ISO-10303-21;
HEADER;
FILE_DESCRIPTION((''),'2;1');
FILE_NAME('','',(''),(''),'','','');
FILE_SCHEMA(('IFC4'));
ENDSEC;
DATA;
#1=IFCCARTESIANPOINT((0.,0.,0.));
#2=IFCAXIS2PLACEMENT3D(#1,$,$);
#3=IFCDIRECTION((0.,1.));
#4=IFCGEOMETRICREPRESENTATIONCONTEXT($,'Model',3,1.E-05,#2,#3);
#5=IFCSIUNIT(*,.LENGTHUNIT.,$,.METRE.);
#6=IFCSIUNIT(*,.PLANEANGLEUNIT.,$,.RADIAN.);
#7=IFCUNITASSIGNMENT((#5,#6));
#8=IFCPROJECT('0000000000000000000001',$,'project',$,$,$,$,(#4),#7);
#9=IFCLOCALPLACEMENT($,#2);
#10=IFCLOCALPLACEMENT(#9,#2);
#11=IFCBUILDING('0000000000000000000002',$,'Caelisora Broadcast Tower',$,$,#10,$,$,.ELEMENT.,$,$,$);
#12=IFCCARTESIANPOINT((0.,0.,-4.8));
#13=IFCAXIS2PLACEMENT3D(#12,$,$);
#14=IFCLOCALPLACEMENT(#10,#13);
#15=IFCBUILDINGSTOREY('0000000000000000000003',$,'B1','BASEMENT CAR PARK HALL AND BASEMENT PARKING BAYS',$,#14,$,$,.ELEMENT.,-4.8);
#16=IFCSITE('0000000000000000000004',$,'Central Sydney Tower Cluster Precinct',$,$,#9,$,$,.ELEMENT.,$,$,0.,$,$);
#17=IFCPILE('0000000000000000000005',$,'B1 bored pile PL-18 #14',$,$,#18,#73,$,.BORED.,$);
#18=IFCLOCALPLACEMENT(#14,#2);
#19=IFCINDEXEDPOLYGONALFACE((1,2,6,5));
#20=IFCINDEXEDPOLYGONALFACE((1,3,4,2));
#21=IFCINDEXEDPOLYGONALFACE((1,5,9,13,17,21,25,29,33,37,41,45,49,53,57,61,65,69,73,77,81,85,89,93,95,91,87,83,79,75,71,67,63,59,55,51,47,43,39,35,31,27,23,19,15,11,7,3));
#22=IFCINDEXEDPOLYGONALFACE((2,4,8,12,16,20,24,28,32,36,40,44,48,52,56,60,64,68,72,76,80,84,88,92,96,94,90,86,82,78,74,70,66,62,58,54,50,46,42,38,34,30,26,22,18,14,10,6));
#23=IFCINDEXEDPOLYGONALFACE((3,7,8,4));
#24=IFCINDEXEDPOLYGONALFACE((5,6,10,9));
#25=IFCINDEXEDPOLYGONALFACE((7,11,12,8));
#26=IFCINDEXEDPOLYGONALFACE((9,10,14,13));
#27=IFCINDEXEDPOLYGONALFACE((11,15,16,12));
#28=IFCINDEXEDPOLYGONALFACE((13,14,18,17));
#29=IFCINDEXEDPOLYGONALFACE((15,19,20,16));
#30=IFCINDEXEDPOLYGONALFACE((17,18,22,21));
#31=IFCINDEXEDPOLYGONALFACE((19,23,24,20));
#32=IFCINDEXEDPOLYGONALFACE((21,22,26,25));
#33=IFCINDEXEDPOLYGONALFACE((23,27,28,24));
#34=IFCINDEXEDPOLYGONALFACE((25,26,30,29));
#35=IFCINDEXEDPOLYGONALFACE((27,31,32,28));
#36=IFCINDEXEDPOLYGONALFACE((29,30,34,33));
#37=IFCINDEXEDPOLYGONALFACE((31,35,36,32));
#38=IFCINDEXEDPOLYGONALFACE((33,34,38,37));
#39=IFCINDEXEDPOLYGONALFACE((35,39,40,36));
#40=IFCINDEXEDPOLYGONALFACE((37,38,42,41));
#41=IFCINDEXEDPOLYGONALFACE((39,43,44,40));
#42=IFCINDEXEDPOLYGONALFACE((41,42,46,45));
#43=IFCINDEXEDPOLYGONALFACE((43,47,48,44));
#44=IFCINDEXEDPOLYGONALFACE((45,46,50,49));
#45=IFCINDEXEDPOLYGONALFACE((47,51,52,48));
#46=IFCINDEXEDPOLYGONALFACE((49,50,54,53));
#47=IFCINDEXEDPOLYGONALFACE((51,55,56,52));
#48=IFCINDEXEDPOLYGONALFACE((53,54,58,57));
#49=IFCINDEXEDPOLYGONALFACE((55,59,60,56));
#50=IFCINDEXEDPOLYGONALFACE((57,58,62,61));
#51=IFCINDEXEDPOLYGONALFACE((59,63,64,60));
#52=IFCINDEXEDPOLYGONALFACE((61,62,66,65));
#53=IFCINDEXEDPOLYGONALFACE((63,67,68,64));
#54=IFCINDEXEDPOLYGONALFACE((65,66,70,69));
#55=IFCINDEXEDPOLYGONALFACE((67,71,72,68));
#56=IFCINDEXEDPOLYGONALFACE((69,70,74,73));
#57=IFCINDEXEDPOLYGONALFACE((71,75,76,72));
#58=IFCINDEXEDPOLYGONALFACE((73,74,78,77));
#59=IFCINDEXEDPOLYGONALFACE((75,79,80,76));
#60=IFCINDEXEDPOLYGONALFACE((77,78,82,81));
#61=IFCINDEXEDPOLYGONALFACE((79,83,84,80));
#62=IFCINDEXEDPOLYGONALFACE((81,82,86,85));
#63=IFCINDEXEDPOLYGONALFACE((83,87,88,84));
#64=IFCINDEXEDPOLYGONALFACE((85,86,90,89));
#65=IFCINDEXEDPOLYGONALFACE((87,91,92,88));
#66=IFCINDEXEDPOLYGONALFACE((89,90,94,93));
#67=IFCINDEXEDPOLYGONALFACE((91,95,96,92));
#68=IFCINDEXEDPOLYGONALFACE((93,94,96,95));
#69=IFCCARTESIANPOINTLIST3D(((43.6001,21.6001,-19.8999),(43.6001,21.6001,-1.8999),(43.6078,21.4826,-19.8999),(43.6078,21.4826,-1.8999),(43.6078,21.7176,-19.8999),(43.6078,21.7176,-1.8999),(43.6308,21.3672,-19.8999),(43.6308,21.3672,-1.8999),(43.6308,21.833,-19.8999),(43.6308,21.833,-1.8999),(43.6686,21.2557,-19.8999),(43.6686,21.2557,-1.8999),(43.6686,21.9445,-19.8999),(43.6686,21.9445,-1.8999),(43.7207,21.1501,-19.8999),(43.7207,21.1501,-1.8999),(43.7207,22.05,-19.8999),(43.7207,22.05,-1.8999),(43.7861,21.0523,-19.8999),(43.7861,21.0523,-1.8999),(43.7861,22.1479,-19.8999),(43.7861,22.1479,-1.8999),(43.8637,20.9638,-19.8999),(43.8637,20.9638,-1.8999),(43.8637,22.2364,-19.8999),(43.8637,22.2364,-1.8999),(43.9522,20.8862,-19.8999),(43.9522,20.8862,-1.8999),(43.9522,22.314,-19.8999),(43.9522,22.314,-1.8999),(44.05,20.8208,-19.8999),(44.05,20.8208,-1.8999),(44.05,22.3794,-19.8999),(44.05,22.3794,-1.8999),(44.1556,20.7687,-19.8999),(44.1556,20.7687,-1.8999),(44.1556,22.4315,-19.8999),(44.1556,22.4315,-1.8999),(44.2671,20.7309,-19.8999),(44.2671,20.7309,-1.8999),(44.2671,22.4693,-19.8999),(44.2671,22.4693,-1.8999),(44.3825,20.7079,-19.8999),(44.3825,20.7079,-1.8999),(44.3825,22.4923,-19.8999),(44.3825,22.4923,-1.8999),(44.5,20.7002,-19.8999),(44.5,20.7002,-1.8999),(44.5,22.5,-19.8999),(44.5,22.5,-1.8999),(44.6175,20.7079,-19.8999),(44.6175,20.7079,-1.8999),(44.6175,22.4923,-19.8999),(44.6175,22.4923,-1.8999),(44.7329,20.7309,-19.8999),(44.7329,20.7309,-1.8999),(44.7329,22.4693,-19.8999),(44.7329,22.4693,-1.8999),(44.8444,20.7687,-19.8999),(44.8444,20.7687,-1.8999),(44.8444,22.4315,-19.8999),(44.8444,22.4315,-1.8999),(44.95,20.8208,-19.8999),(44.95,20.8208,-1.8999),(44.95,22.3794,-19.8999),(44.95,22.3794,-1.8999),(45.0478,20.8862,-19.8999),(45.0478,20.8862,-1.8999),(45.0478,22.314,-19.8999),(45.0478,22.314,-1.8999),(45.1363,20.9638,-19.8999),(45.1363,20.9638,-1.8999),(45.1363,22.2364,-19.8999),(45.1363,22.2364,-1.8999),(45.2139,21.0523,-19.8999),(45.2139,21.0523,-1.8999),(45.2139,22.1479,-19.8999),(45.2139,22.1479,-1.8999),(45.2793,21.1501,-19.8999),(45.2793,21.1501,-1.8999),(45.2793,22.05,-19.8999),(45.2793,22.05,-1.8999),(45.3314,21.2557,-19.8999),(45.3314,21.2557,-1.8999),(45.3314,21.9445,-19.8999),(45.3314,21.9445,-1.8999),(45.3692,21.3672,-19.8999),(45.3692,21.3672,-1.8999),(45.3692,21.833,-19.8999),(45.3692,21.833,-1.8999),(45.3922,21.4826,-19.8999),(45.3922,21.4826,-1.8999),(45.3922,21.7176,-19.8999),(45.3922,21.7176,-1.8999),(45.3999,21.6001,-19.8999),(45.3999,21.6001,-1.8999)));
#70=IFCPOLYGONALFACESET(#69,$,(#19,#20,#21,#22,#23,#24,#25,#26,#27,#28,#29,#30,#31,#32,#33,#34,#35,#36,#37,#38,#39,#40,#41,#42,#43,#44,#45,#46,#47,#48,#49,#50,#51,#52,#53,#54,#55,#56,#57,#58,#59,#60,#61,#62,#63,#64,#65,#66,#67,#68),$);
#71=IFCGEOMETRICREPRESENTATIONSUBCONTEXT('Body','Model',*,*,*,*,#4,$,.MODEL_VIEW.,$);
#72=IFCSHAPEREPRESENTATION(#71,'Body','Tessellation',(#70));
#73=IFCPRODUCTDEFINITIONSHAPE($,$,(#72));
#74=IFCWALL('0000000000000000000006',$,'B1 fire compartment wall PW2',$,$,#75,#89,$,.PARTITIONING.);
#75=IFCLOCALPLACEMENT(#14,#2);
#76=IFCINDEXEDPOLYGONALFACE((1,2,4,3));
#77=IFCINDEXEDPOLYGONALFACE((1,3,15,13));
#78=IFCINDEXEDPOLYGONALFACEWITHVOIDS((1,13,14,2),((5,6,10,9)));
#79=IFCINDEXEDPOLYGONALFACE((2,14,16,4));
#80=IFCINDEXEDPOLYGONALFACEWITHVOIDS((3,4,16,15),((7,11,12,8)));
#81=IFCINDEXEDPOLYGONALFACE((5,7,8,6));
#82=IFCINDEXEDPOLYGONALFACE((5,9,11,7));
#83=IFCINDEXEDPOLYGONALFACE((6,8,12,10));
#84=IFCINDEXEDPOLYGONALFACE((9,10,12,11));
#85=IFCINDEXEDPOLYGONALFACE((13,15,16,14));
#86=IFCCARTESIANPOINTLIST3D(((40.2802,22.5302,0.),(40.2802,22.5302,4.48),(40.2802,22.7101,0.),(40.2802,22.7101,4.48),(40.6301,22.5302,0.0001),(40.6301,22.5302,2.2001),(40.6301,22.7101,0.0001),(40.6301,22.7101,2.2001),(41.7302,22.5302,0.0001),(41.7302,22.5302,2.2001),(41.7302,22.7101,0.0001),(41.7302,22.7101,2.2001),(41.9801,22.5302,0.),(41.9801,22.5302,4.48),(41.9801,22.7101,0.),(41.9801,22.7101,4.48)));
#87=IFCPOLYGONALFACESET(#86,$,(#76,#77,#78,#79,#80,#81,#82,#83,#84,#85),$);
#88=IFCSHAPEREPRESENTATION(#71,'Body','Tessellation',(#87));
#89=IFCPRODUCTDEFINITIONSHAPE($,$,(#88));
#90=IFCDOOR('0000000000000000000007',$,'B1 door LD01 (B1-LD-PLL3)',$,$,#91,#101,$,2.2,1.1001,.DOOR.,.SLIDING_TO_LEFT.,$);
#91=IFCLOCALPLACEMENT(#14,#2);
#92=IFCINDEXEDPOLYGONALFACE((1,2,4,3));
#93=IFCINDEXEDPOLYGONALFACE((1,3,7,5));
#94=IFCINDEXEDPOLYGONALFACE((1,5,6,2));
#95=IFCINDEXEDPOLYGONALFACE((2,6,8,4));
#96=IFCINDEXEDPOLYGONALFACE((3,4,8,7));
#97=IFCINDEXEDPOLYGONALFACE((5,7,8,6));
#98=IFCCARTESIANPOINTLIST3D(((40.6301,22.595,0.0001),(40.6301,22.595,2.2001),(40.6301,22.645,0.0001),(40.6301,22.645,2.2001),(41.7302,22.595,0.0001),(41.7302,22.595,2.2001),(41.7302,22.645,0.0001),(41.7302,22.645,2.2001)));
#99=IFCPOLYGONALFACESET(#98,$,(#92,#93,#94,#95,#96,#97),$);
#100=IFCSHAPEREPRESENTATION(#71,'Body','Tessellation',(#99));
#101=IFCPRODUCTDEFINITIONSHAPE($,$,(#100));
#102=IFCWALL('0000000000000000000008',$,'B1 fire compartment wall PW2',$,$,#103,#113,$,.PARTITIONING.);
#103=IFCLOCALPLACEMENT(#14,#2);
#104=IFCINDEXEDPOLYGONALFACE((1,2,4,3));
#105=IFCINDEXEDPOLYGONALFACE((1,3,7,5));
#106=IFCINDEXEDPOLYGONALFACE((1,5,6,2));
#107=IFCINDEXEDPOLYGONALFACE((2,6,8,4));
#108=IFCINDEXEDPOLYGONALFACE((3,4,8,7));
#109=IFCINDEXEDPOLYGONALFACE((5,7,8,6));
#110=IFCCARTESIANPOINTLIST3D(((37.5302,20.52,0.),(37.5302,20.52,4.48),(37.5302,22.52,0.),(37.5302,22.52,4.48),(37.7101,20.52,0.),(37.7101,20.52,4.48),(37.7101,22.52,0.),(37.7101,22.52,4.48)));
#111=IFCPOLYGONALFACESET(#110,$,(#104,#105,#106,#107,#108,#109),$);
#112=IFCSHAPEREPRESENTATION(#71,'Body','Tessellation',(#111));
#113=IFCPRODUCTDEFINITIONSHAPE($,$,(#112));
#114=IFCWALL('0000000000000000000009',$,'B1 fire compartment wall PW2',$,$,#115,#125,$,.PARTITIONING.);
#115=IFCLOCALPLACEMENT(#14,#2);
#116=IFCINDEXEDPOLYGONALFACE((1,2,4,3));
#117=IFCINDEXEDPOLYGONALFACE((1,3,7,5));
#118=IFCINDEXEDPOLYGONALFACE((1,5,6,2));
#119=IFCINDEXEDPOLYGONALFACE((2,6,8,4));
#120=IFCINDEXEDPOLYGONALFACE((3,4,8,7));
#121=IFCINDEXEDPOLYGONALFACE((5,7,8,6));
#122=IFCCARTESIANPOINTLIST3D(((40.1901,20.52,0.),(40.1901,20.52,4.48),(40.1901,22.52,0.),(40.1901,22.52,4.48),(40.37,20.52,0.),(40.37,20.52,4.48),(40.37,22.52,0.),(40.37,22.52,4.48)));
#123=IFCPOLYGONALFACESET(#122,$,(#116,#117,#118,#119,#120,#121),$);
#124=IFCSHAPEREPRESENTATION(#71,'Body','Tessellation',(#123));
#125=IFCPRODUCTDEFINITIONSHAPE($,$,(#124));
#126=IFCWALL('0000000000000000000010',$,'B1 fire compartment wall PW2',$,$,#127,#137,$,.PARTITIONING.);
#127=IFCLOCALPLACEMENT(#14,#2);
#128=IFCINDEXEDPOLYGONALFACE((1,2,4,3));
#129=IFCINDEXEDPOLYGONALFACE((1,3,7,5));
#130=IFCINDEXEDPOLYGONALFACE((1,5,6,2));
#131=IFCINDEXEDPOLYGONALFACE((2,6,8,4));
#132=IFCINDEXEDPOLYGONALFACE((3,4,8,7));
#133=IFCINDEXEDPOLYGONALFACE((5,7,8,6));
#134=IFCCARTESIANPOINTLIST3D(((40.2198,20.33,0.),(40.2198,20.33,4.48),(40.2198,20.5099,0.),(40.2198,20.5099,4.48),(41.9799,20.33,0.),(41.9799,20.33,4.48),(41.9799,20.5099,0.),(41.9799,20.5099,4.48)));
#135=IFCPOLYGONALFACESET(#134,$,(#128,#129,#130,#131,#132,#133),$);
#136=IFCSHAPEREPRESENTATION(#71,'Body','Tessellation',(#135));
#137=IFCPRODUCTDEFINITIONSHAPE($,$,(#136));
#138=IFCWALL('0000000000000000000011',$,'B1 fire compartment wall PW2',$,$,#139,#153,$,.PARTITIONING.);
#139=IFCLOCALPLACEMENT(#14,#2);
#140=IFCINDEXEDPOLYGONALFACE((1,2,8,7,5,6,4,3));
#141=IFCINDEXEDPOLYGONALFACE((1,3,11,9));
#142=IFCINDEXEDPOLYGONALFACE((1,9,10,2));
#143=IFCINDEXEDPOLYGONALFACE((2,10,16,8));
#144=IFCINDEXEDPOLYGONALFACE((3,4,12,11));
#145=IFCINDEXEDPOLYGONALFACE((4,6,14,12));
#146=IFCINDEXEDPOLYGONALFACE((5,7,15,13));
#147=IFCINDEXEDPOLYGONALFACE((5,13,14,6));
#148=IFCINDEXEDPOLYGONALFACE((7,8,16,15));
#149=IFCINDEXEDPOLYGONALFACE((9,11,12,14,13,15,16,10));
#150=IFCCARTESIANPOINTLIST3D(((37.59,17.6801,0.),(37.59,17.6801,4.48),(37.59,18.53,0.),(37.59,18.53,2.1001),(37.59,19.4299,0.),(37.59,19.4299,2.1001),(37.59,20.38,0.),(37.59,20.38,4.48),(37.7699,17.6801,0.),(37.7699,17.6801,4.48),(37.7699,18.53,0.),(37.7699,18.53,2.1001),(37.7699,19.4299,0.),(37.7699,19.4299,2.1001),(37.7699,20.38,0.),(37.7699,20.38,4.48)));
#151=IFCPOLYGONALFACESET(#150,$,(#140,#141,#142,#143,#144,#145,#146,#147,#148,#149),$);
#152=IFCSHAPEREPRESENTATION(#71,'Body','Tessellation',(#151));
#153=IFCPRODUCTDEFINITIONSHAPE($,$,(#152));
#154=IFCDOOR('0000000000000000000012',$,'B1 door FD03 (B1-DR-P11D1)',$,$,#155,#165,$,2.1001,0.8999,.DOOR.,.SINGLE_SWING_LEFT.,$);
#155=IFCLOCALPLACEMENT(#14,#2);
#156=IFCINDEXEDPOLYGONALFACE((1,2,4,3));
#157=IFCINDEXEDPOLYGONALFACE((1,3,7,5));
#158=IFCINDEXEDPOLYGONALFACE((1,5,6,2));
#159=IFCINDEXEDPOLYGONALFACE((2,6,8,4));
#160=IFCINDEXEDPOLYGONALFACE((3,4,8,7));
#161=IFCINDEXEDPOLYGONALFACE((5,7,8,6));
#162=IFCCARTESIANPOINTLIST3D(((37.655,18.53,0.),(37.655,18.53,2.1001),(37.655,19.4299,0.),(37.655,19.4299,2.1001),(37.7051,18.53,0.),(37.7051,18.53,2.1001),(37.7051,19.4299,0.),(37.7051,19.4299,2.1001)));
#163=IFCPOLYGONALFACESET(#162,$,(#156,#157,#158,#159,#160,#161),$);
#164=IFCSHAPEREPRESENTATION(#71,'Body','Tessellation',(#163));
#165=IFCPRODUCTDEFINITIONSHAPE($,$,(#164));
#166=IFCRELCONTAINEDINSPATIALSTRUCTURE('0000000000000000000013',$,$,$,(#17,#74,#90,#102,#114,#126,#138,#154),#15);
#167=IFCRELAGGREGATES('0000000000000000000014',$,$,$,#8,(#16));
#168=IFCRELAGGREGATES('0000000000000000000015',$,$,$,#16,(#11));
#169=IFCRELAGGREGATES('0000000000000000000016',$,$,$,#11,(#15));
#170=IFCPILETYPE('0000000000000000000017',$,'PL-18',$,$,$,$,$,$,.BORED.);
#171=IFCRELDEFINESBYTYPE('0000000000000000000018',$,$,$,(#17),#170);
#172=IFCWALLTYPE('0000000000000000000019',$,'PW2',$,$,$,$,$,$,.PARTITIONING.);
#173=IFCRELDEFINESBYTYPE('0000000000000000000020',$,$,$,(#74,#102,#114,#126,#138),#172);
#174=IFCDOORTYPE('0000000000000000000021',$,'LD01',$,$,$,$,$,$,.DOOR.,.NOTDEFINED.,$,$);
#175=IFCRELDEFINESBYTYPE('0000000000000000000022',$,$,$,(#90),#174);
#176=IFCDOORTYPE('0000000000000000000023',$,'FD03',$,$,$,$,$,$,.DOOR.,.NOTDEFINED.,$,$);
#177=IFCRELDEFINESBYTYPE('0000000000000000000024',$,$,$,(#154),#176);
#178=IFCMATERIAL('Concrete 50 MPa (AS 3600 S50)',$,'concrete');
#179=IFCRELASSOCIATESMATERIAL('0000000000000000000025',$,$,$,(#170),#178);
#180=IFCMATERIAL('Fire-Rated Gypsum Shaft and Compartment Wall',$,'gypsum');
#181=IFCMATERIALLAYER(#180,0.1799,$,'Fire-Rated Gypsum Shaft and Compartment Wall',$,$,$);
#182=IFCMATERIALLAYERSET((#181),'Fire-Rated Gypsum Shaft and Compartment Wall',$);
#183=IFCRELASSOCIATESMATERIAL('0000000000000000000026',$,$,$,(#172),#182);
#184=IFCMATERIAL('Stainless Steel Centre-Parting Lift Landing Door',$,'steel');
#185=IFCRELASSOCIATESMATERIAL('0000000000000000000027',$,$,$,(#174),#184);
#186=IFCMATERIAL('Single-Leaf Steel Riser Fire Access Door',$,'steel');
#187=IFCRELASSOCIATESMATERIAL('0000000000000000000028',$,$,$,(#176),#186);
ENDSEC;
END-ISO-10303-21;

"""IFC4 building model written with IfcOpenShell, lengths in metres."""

from ifc_helpers import new_model, si_unit, direction, frame, frame_2d, origin, origin_2d, place, context, subcontext, project, spatial, rectangle, circle, extrude, material, layer, layer_set, material_profile, profile_set, type_object, element, fill, save


model = new_model("IFC4")

# Units and contexts
model_context = context("Model", 3, precision=1e-05, world=origin(), true_north=direction((0.0, 1.0)))
body_context = subcontext(model_context, "Body", "Model", "MODEL_VIEW")
ifc_project = project(units=[si_unit("LENGTHUNIT", "METRE"), si_unit("PLANEANGLEUNIT", "RADIAN")], contexts=[model_context])

# Site, building, storey
site_placement = place(None, origin())
site = spatial("IfcSite", under=ifc_project, at=site_placement, Name="Central Sydney Tower Cluster Precinct", CompositionType="ELEMENT", RefElevation=0.0)
building_placement = place(site_placement, origin())
building = spatial("IfcBuilding", under=site, at=building_placement, Name="Caelisora Broadcast Tower", CompositionType="ELEMENT")
storey_placement = place(building_placement, frame((0.0, 0.0, -4.8)))
storey = spatial("IfcBuildingStorey", under=building, at=storey_placement, Name="B1", Description="BASEMENT CAR PARK HALL AND BASEMENT PARKING BAYS", CompositionType="ELEMENT", Elevation=-4.8)

# Pile
ifc_material_1 = material(Name="Concrete 50 MPa (AS 3600 S50)", Category="concrete")
ifc_material_profile = material_profile(ifc_material_1, circle(Radius=0.8999, at=origin_2d()), Name="Concrete 50 MPa (AS 3600 S50)")
ifc_profile_set = profile_set([ifc_material_profile], Name="Concrete 50 MPa (AS 3600 S50)")
pile_type = type_object("IfcPileType", Name="PL-18", PredefinedType="BORED", material=ifc_profile_set)
for number, where, z_axis, x_axis, name in (
    (1, (44.5, 21.6001, -1.8999), (0.0, 0.0, -1.0), (1.0, 0.0, 0.0), "B1 bored pile PL-18 #14"),
):
    element("IfcPile", number, at=place(storey_placement, frame(where, z_axis=z_axis, x_axis=x_axis)), inside=storey, type_object=pile_type, Name=name, PredefinedType="BORED", context=body_context, shape_type="SweptSolid", body=[
        extrude(circle(Radius=0.8999, at=origin_2d()), origin(), (0.0, 0.0, 1.0), 18.0),
    ])

# Wall, opening, door
ifc_material_2 = material(Name="Fire-Rated Gypsum Shaft and Compartment Wall", Category="gypsum")
ifc_layer_1 = layer(ifc_material_2, 0.1799, Name="Fire-Rated Gypsum Shaft and Compartment Wall")
ifc_layer_set_1 = layer_set([ifc_layer_1], Name="Fire-Rated Gypsum Shaft and Compartment Wall")
wall_type = type_object("IfcWallType", Name="PW2", PredefinedType="PARTITIONING", material=ifc_layer_set_1)
wall_1_placement = place(storey_placement, frame((40.28, 22.6201, 0.0), z_axis=(0.0, 0.0, 1.0), x_axis=(1.0, 0.0, 0.0)))
wall_1 = element("IfcWall", 2, at=wall_1_placement, inside=storey, type_object=wall_type, Name="B1 fire compartment wall PW2", PredefinedType="PARTITIONING", context=body_context, shape_type="SweptSolid", body=[
    extrude(rectangle(XDim=1.7, YDim=0.1799, at=frame_2d((0.8501, 0.0))), origin(), (0.0, 0.0, 1.0), 4.48),
])
opening_1_placement = place(wall_1_placement, frame((0.3501, 0.0, 0.0)))
opening_1 = element("IfcOpeningElement", 3, at=opening_1_placement, cuts=wall_1, PredefinedType="OPENING", context=body_context, shape_type="SweptSolid", body=[
    extrude(rectangle(XDim=1.1001, YDim=2.2, at=frame_2d((0.55, 1.1001))), frame((0.0, 0.1021, 0.0), z_axis=(0.0, -1.0, 0.0), x_axis=(1.0, 0.0, 0.0)), (0.0, 0.0, 1.0), 0.2039),
])
ifc_material_3 = material(Name="Stainless Steel Centre-Parting Lift Landing Door", Category="steel")
door_type_1 = type_object("IfcDoorType", Name="LD01", OperationType="NOTDEFINED", PredefinedType="DOOR", material=ifc_material_3)
door_1_placement = place(opening_1_placement, origin())
door_1 = element("IfcDoor", 4, at=door_1_placement, inside=storey, type_object=door_type_1, Name="B1 door LD01 (B1-LD-PLL3)", OperationType="SLIDING_TO_LEFT", OverallHeight=2.2, OverallWidth=1.1001, PredefinedType="DOOR", context=body_context, shape_type="SweptSolid", body=[
    extrude(rectangle(XDim=1.1001, YDim=2.2, at=frame_2d((0.55, 1.1001))), frame((0.0, 0.0249, 0.0), z_axis=(0.0, -1.0, 0.0), x_axis=(1.0, 0.0, 0.0)), (0.0, 0.0, 1.0), 0.05),
])
fill(opening_1, door_1)

# Walls
for number, where, z_axis, x_axis, name in (
    (5, (37.6201, 20.52, 0.0), (0.0, 0.0, 1.0), (0.0, 1.0, 0.0), "B1 fire compartment wall PW2"),
    (6, (40.28, 20.52, 0.0), (0.0, 0.0, 1.0), (0.0, 1.0, 0.0), "B1 fire compartment wall PW2"),
):
    element("IfcWall", number, at=place(storey_placement, frame(where, z_axis=z_axis, x_axis=x_axis)), inside=storey, type_object=wall_type, Name=name, PredefinedType="PARTITIONING", context=body_context, shape_type="SweptSolid", body=[
        extrude(rectangle(XDim=2.0, YDim=0.1799, at=frame_2d((1.0, 0.0))), origin(), (0.0, 0.0, 1.0), 4.48),
    ])
wall_2_placement = place(storey_placement, frame((40.22, 20.4199, 0.0), z_axis=(0.0, 0.0, 1.0), x_axis=(1.0, 0.0, 0.0)))
element("IfcWall", 7, at=wall_2_placement, inside=storey, type_object=wall_type, Name="B1 fire compartment wall PW2", PredefinedType="PARTITIONING", context=body_context, shape_type="SweptSolid", body=[
    extrude(rectangle(XDim=1.76, YDim=0.1799, at=frame_2d((0.8799, 0.0))), origin(), (0.0, 0.0, 1.0), 4.48),
])

# Wall, opening, door
wall_3_placement = place(storey_placement, frame((37.6799, 17.6799, 0.0), z_axis=(0.0, 0.0, 1.0), x_axis=(0.0, 1.0, 0.0)))
wall_3 = element("IfcWall", 8, at=wall_3_placement, inside=storey, type_object=wall_type, Name="B1 fire compartment wall PW2", PredefinedType="PARTITIONING", context=body_context, shape_type="SweptSolid", body=[
    extrude(rectangle(XDim=2.7, YDim=0.1799, at=frame_2d((1.3501, 0.0))), origin(), (0.0, 0.0, 1.0), 4.48),
])
opening_2_placement = place(wall_3_placement, frame((0.8501, 0.0, 0.0)))
opening_2 = element("IfcOpeningElement", 9, at=opening_2_placement, cuts=wall_3, PredefinedType="OPENING", context=body_context, shape_type="SweptSolid", body=[
    extrude(rectangle(XDim=0.8999, YDim=2.1001, at=frame_2d((0.45, 1.05))), frame((0.0, 0.1021, 0.0), z_axis=(0.0, -1.0, 0.0), x_axis=(1.0, 0.0, 0.0)), (0.0, 0.0, 1.0), 0.2039),
])
ifc_material_4 = material(Name="Single-Leaf Steel Riser Fire Access Door", Category="steel")
door_type_2 = type_object("IfcDoorType", Name="FD03", OperationType="NOTDEFINED", PredefinedType="DOOR", material=ifc_material_4)
door_2_placement = place(opening_2_placement, origin())
door_2 = element("IfcDoor", 10, at=door_2_placement, inside=storey, type_object=door_type_2, Name="B1 door FD03 (B1-DR-P11D1)", OperationType="SINGLE_SWING_LEFT", OverallHeight=2.1001, OverallWidth=0.8999, PredefinedType="DOOR", context=body_context, shape_type="SweptSolid", body=[
    extrude(rectangle(XDim=0.8999, YDim=2.1001, at=frame_2d((0.45, 1.05))), frame((0.0, 0.0249, 0.0), z_axis=(0.0, -1.0, 0.0), x_axis=(1.0, 0.0, 0.0)), (0.0, 0.0, 1.0), 0.05),
])
fill(opening_2, door_2)

save(model, "model.ifc")
